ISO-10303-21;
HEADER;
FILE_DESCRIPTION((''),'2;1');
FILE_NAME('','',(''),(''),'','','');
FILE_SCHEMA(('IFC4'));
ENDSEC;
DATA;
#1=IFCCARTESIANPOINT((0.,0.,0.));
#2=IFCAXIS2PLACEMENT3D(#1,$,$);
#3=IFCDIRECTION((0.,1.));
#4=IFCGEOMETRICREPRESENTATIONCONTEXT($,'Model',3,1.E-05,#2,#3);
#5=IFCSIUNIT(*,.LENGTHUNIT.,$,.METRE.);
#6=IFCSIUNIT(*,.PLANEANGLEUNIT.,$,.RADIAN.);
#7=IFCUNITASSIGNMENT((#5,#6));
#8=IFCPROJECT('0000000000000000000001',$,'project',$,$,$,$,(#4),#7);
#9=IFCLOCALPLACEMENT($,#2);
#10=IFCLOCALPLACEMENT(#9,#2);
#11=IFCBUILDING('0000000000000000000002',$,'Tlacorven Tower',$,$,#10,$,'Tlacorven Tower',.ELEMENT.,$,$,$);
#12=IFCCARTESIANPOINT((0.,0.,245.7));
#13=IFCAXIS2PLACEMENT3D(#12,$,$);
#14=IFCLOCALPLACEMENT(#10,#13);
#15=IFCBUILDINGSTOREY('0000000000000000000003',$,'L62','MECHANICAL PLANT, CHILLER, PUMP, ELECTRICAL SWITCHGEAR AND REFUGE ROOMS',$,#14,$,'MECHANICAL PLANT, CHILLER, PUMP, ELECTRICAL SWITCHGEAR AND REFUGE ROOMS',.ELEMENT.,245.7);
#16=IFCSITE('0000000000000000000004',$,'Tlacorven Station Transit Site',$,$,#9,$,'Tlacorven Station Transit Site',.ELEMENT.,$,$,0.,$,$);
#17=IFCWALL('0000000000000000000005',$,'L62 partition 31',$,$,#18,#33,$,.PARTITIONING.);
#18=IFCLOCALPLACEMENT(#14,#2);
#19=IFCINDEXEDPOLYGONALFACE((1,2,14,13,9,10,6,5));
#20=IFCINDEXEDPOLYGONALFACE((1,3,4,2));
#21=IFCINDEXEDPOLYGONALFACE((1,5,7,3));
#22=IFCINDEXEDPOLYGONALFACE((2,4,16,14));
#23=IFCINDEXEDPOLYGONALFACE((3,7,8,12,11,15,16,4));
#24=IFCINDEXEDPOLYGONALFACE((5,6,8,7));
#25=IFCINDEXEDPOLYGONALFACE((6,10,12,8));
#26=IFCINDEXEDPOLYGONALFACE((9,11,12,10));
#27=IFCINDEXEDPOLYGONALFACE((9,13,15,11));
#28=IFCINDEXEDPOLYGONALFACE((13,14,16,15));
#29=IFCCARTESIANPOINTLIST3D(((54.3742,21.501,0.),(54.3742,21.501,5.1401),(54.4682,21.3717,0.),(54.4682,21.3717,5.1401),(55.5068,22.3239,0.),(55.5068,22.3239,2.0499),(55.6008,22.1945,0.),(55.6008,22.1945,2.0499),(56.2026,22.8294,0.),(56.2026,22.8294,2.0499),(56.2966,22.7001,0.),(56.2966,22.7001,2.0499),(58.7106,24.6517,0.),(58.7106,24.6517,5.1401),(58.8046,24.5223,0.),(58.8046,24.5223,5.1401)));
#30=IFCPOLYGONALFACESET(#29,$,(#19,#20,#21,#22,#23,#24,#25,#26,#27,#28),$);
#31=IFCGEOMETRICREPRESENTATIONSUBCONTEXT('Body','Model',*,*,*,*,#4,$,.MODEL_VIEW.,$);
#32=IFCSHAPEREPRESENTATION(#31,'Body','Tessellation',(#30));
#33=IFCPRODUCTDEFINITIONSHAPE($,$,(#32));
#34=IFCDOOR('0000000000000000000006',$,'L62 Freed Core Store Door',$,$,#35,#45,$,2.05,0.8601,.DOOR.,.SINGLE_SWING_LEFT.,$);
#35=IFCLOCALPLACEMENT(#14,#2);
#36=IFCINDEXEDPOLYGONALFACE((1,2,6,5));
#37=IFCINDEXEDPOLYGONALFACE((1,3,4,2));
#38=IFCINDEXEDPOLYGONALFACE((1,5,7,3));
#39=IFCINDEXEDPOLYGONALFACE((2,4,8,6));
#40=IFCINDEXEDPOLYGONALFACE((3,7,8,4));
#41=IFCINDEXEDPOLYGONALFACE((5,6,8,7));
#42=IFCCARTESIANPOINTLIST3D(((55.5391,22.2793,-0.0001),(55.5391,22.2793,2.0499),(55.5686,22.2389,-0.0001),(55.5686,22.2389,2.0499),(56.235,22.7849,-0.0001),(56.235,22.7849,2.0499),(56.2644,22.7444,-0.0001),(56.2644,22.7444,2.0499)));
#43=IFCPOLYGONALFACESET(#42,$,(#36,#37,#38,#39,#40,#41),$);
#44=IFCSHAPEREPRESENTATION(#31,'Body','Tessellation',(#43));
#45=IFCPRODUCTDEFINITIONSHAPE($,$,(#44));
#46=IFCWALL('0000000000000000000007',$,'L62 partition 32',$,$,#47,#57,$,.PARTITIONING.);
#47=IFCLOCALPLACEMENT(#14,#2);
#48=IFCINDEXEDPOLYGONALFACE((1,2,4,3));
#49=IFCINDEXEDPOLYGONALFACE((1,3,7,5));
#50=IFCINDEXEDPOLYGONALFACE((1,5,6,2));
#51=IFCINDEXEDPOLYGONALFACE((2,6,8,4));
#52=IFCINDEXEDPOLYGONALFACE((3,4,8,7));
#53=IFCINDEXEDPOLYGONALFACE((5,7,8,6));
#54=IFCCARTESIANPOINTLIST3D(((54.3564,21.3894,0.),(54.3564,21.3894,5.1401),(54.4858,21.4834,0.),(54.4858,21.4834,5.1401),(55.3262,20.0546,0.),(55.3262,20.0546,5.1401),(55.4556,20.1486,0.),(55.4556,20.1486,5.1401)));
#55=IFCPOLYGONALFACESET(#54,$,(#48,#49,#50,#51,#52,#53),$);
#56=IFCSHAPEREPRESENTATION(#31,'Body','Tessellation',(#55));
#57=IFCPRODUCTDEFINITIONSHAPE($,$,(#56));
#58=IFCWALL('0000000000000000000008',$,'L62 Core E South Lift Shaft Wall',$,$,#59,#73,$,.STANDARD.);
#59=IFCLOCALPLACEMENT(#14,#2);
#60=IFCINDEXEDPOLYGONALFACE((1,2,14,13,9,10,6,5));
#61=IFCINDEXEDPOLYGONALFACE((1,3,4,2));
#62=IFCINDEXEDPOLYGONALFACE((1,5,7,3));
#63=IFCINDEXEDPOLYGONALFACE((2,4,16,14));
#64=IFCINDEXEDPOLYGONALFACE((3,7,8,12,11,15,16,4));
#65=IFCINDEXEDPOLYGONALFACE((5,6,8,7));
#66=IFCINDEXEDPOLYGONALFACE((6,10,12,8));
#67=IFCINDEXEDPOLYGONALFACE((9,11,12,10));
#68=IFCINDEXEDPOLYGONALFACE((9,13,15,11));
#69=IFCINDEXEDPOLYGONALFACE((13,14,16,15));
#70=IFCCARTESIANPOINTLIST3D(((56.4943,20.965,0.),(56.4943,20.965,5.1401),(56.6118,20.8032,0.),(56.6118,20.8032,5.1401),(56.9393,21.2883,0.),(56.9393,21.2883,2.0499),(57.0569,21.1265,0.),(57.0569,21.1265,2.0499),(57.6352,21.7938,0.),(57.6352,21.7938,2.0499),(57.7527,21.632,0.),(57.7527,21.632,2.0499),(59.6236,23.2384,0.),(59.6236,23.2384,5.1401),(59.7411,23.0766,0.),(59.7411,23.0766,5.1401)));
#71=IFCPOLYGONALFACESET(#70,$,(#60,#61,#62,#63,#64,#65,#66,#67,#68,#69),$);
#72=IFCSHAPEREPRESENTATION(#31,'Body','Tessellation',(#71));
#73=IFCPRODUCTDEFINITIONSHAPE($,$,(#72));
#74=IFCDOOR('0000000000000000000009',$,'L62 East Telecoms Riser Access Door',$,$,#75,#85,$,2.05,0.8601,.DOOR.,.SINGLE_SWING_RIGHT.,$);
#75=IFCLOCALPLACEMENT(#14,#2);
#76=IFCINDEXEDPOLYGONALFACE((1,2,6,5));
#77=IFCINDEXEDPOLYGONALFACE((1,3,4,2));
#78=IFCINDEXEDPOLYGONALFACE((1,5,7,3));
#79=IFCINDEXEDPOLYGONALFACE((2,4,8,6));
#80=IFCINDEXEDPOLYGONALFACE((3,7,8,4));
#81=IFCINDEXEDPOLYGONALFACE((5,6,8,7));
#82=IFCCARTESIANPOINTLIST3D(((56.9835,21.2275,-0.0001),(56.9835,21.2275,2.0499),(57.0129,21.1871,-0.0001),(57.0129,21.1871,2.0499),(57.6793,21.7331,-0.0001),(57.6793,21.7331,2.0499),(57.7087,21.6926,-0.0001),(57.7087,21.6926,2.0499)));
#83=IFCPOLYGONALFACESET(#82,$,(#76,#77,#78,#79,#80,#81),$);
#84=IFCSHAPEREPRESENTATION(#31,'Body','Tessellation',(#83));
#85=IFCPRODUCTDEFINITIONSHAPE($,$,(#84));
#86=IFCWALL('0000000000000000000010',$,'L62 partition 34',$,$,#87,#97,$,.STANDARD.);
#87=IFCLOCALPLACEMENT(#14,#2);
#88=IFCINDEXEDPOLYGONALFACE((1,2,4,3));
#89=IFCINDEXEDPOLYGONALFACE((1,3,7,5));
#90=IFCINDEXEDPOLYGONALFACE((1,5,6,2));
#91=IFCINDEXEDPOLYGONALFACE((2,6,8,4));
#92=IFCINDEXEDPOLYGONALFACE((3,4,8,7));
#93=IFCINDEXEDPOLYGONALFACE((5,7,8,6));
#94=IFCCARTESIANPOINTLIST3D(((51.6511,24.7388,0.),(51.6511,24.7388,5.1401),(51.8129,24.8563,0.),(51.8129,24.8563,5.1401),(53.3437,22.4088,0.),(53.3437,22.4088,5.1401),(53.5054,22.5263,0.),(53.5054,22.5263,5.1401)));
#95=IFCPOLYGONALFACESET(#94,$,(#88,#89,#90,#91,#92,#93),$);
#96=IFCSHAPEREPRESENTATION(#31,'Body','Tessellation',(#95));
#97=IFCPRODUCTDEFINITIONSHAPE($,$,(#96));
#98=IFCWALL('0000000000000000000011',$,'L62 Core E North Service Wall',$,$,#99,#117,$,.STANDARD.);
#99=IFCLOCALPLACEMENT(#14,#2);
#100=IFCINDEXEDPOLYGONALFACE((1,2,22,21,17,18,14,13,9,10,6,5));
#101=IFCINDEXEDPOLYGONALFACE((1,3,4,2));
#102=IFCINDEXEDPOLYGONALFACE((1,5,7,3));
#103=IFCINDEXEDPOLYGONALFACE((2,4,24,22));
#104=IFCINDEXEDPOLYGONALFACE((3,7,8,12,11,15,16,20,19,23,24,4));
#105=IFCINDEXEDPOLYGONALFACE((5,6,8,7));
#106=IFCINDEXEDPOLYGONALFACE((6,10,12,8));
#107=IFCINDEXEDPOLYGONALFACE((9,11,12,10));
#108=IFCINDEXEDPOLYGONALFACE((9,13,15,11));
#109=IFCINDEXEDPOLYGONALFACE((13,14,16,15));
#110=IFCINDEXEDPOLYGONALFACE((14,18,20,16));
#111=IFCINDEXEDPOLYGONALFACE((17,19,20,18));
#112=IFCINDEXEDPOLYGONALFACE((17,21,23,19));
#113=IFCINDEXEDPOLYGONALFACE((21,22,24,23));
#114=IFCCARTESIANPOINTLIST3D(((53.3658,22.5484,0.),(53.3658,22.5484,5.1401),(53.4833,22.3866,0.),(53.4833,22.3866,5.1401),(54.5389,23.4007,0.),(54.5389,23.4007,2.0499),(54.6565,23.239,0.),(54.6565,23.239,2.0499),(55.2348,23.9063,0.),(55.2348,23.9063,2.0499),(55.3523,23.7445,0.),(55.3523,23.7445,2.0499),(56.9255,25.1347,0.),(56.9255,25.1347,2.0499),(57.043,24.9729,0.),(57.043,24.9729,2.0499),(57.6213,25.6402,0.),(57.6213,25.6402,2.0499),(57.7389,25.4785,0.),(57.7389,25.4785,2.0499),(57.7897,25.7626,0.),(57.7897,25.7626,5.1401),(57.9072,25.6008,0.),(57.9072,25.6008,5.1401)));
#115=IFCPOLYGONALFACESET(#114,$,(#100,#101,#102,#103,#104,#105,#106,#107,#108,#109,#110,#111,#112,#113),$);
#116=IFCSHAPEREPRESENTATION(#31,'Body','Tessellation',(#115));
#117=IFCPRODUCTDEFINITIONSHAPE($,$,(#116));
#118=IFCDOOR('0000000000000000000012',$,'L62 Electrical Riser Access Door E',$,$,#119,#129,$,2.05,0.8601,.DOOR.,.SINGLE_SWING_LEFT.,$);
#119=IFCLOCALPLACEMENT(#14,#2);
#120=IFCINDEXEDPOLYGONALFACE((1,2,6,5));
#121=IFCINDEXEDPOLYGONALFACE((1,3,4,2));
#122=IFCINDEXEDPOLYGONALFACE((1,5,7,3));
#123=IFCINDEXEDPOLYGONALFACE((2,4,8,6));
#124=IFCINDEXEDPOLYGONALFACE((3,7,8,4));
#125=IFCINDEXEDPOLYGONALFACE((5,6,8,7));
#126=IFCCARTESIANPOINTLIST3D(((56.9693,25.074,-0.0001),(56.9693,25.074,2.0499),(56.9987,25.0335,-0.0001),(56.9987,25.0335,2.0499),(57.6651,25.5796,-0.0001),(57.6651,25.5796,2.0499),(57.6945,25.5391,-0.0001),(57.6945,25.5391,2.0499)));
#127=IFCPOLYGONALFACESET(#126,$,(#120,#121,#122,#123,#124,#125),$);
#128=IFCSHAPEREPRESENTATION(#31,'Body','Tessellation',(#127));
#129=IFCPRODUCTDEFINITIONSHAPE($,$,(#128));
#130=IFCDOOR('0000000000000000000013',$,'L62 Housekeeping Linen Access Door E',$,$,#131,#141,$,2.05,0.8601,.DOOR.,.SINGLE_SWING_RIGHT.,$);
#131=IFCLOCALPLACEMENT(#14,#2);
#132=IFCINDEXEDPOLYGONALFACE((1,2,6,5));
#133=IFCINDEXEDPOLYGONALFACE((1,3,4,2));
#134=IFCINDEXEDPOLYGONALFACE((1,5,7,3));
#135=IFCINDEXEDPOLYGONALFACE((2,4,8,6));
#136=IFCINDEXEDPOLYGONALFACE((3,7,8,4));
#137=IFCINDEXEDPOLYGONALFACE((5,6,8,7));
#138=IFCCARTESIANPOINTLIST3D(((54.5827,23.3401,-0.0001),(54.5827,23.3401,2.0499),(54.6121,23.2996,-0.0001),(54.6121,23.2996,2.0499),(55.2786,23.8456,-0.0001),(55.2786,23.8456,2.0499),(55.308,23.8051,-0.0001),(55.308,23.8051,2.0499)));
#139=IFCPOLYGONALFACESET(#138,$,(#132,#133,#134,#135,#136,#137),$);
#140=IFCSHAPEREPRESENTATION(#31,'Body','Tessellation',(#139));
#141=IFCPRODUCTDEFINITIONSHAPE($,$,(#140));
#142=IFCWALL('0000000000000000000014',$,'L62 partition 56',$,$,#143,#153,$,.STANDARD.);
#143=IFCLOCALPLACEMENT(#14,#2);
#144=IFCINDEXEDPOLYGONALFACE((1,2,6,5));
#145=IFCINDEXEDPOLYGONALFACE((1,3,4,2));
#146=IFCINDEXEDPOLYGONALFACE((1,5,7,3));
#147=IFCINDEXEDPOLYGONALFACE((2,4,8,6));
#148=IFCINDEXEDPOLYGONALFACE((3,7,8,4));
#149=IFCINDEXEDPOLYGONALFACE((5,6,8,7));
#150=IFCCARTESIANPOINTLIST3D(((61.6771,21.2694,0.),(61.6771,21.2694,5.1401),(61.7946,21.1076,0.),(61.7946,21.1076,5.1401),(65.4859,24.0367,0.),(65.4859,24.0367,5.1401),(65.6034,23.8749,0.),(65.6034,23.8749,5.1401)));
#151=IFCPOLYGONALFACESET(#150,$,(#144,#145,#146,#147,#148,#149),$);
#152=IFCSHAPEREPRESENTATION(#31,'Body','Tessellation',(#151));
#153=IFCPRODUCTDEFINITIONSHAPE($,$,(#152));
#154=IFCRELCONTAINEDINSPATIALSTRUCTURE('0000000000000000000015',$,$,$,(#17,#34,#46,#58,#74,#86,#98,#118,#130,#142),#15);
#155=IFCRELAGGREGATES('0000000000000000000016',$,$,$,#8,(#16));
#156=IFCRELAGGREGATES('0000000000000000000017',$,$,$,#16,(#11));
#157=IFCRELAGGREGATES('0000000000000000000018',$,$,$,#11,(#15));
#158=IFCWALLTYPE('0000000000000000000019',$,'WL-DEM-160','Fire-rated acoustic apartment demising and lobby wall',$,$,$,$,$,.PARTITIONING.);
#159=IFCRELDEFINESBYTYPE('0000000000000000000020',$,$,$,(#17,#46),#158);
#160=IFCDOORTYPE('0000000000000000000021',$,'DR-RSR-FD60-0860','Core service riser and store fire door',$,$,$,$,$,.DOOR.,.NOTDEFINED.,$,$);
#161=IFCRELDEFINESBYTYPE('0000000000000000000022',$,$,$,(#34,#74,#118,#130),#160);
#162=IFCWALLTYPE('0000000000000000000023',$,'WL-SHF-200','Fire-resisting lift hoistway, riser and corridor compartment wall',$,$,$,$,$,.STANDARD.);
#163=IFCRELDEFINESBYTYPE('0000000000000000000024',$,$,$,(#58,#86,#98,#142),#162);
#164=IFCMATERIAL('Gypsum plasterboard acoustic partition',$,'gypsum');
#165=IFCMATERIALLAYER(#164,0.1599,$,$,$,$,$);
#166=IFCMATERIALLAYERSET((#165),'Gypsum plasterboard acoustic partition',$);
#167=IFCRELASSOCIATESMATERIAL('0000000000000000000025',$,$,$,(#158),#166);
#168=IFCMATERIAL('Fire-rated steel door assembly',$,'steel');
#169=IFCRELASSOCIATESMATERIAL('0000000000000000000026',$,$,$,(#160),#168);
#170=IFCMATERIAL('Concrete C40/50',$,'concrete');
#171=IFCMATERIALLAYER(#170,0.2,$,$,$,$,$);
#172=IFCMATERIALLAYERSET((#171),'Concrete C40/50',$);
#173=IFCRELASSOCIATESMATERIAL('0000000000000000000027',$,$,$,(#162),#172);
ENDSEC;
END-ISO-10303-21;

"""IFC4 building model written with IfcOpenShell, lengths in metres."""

from ifc_helpers import new_model, si_unit, direction, frame, frame_2d, origin, place, context, subcontext, project, spatial, rectangle, extrude, source, transform, mapped, material, layer, layer_set, type_object, element, fill, save


model = new_model("IFC4")

# Units and contexts
model_context = context("Model", 3, precision=1e-05, world=origin(), true_north=direction((0.0, 1.0)))
body_context = subcontext(model_context, "Body", "Model", "MODEL_VIEW")
ifc_project = project(units=[si_unit("LENGTHUNIT", "METRE"), si_unit("PLANEANGLEUNIT", "RADIAN")], contexts=[model_context])

# Site, building, storey
site_placement = place(None, origin())
site = spatial("IfcSite", under=ifc_project, at=site_placement, Name="Tlacorven Station Transit Site", LongName="Tlacorven Station Transit Site", CompositionType="ELEMENT", RefElevation=0.0)
building_placement = place(site_placement, origin())
building = spatial("IfcBuilding", under=site, at=building_placement, Name="Tlacorven Tower", LongName="Tlacorven Tower", CompositionType="ELEMENT")
storey_placement = place(building_placement, frame((0.0, 0.0, 245.7)))
storey = spatial("IfcBuildingStorey", under=building, at=storey_placement, Name="L62", Description="MECHANICAL PLANT, CHILLER, PUMP, ELECTRICAL SWITCHGEAR AND REFUGE ROOMS", LongName="MECHANICAL PLANT, CHILLER, PUMP, ELECTRICAL SWITCHGEAR AND REFUGE ROOMS", CompositionType="ELEMENT", Elevation=245.7)

# Wall, opening, door
ifc_material_1 = material(Name="Gypsum plasterboard acoustic partition", Category="gypsum")
ifc_layer_1 = layer(ifc_material_1, 0.1599)
ifc_layer_set_1 = layer_set([ifc_layer_1], Name="Gypsum plasterboard acoustic partition")
wall_type_1 = type_object("IfcWallType", Name="WL-DEM-160", Description="Fire-rated acoustic apartment demising and lobby wall", PredefinedType="PARTITIONING", material=ifc_layer_set_1)
wall_1_placement = place(storey_placement, frame((54.4211, 21.4363, 0.0), z_axis=(0.0, 0.0, 1.0), x_axis=(0.809014, 0.58779, 0.0)))
wall_1 = element("IfcWall", 1, at=wall_1_placement, inside=storey, type_object=wall_type_1, Name="L62 partition 31", PredefinedType="PARTITIONING", context=body_context, shape_type="SweptSolid", body=[
    extrude(rectangle(XDim=5.3601, YDim=0.1599, at=frame_2d((2.6802, 0.0))), origin(), (0.0, 0.0, 1.0), 5.1401),
])
opening_1_placement = place(wall_1_placement, frame((1.3999, 0.0, 0.0)))
opening_1 = element("IfcOpeningElement", 2, at=opening_1_placement, cuts=wall_1, PredefinedType="OPENING", context=body_context, shape_type="SweptSolid", body=[
    extrude(rectangle(XDim=0.8601, YDim=2.05, at=frame_2d((0.4302, 1.0249))), frame((0.0, 0.0898, 0.0), z_axis=(0.0, -1.0, 0.0), x_axis=(1.0, 0.0, 0.0)), (0.0, 0.0, 1.0), 0.1799),
])
ifc_material_2 = material(Name="Fire-rated steel door assembly", Category="steel")
door_type = type_object("IfcDoorType", Name="DR-RSR-FD60-0860", Description="Core service riser and store fire door", OperationType="NOTDEFINED", PredefinedType="DOOR", material=ifc_material_2)
shared_shape_1 = source(origin(), body_context, "Body", "SweptSolid", [
    extrude(rectangle(XDim=0.8601, YDim=2.05, at=frame_2d((0.4302, 1.0249))), frame((0.0, 0.0249, 0.0), z_axis=(0.0, -1.0, 0.0), x_axis=(1.0, 0.0, 0.0)), (0.0, 0.0, 1.0), 0.05),
])
door_1_placement = place(opening_1_placement, origin())
door_1 = element("IfcDoor", 3, at=door_1_placement, inside=storey, type_object=door_type, Name="L62 Freed Core Store Door", OperationType="SINGLE_SWING_LEFT", OverallHeight=2.05, OverallWidth=0.8601, PredefinedType="DOOR", context=body_context, shape_type="MappedRepresentation", body=[
    mapped(shared_shape_1, transform((0.0, 0.0, 0.0), scale=1.0)),
])
fill(opening_1, door_1)

# Wall
wall_2_placement = place(storey_placement, frame((55.3909, 20.1016, 0.0), z_axis=(0.0, 0.0, 1.0), x_axis=(-0.587784, 0.809018, 0.0)))
element("IfcWall", 4, at=wall_2_placement, inside=storey, type_object=wall_type_1, Name="L62 partition 32", PredefinedType="PARTITIONING", context=body_context, shape_type="SweptSolid", body=[
    extrude(rectangle(XDim=1.6499, YDim=0.1599, at=frame_2d((0.825, 0.0))), origin(), (0.0, 0.0, 1.0), 5.1401),
])

# Wall, opening, door
ifc_material_3 = material(Name="Concrete C40/50", Category="concrete")
ifc_layer_2 = layer(ifc_material_3, 0.2)
ifc_layer_set_2 = layer_set([ifc_layer_2], Name="Concrete C40/50")
wall_type_2 = type_object("IfcWallType", Name="WL-SHF-200", Description="Fire-resisting lift hoistway, riser and corridor compartment wall", PredefinedType="STANDARD", material=ifc_layer_set_2)
wall_3_placement = place(storey_placement, frame((56.553, 20.884, 0.0), z_axis=(0.0, 0.0, 1.0), x_axis=(0.809042, 0.587751, 0.0)))
wall_3 = element("IfcWall", 5, at=wall_3_placement, inside=storey, type_object=wall_type_2, Name="L62 Core E South Lift Shaft Wall", PredefinedType="STANDARD", context=body_context, shape_type="SweptSolid", body=[
    extrude(rectangle(XDim=3.8679, YDim=0.2, at=frame_2d((1.9341, 0.0))), origin(), (0.0, 0.0, 1.0), 5.1401),
])
opening_2_placement = place(wall_3_placement, frame((0.55, 0.0, 0.0)))
opening_2 = element("IfcOpeningElement", 6, at=opening_2_placement, cuts=wall_3, PredefinedType="OPENING", context=body_context, shape_type="SweptSolid", body=[
    extrude(rectangle(XDim=0.8601, YDim=2.05, at=frame_2d((0.4302, 1.0249))), frame((0.0, 0.1099, 0.0), z_axis=(0.0, -1.0, 0.0), x_axis=(1.0, 0.0, 0.0)), (0.0, 0.0, 1.0), 0.22),
])
door_2_placement = place(opening_2_placement, origin())
door_2 = element("IfcDoor", 7, at=door_2_placement, inside=storey, type_object=door_type, Name="L62 East Telecoms Riser Access Door", OperationType="SINGLE_SWING_RIGHT", OverallHeight=2.05, OverallWidth=0.8601, PredefinedType="DOOR", context=body_context, shape_type="MappedRepresentation", body=[
    mapped(shared_shape_1, transform((0.0, 0.0, 0.0), scale=1.0)),
])
fill(opening_2, door_2)

# Wall
wall_4_placement = place(storey_placement, frame((53.4246, 22.4675, 0.0), z_axis=(0.0, 0.0, 1.0), x_axis=(-0.587723, 0.809062, 0.0)))
element("IfcWall", 8, at=wall_4_placement, inside=storey, type_object=wall_type_2, Name="L62 partition 34", PredefinedType="STANDARD", context=body_context, shape_type="SweptSolid", body=[
    extrude(rectangle(XDim=2.8799, YDim=0.2, at=frame_2d((1.4399, 0.0))), origin(), (0.0, 0.0, 1.0), 5.1401),
])

# Wall, openings, doors
wall_5_placement = place(storey_placement, frame((53.4246, 22.4675, 0.0), z_axis=(0.0, 0.0, 1.0), x_axis=(0.809016, 0.587787, 0.0)))
wall_5 = element("IfcWall", 9, at=wall_5_placement, inside=storey, type_object=wall_type_2, Name="L62 Core E North Service Wall", PredefinedType="STANDARD", context=body_context, shape_type="SweptSolid", body=[
    extrude(rectangle(XDim=5.4683, YDim=0.2, at=frame_2d((2.7341, 0.0))), origin(), (0.0, 0.0, 1.0), 5.1401),
])
opening_3_placement = place(wall_5_placement, frame((4.3999, 0.0, 0.0)))
opening_3 = element("IfcOpeningElement", 10, at=opening_3_placement, cuts=wall_5, PredefinedType="OPENING", context=body_context, shape_type="SweptSolid", body=[
    extrude(rectangle(XDim=0.8601, YDim=2.05, at=frame_2d((0.4302, 1.0249))), frame((0.0, 0.1099, 0.0), z_axis=(0.0, -1.0, 0.0), x_axis=(1.0, 0.0, 0.0)), (0.0, 0.0, 1.0), 0.22),
])
opening_4_placement = place(wall_5_placement, frame((1.45, 0.0, 0.0)))
opening_4 = element("IfcOpeningElement", 11, at=opening_4_placement, cuts=wall_5, PredefinedType="OPENING", context=body_context, shape_type="SweptSolid", body=[
    extrude(rectangle(XDim=0.8601, YDim=2.05, at=frame_2d((0.4302, 1.0249))), frame((0.0, 0.1099, 0.0), z_axis=(0.0, -1.0, 0.0), x_axis=(1.0, 0.0, 0.0)), (0.0, 0.0, 1.0), 0.22),
])
door_3_placement = place(opening_3_placement, frame((0.8601, 0.0, 0.0), z_axis=(0.0, 0.0, 1.0), x_axis=(-1.0, 0.0, 0.0)))
door_3 = element("IfcDoor", 12, at=door_3_placement, inside=storey, type_object=door_type, Name="L62 Electrical Riser Access Door E", OperationType="SINGLE_SWING_LEFT", OverallHeight=2.05, OverallWidth=0.8601, PredefinedType="DOOR", context=body_context, shape_type="MappedRepresentation", body=[
    mapped(shared_shape_1, transform((0.0, 0.0, 0.0), scale=1.0)),
])
fill(opening_3, door_3)
door_4_placement = place(opening_4_placement, frame((0.8601, 0.0, 0.0), z_axis=(0.0, 0.0, 1.0), x_axis=(-1.0, 0.0, 0.0)))
door_4 = element("IfcDoor", 13, at=door_4_placement, inside=storey, type_object=door_type, Name="L62 Housekeeping Linen Access Door E", OperationType="SINGLE_SWING_RIGHT", OverallHeight=2.05, OverallWidth=0.8601, PredefinedType="DOOR", context=body_context, shape_type="MappedRepresentation", body=[
    mapped(shared_shape_1, transform((0.0, 0.0, 0.0), scale=1.0)),
])
fill(opening_4, door_4)

# Wall
wall_6_placement = place(storey_placement, frame((61.7358, 21.1885, 0.0), z_axis=(0.0, 0.0, 1.0), x_axis=(0.809012, 0.587792, 0.0)))
element("IfcWall", 14, at=wall_6_placement, inside=storey, type_object=wall_type_2, Name="L62 partition 56", PredefinedType="STANDARD", context=body_context, shape_type="SweptSolid", body=[
    extrude(rectangle(XDim=4.708, YDim=0.2, at=frame_2d((2.354, 0.0))), origin(), (0.0, 0.0, 1.0), 5.1401),
])

save(model, "model.ifc")
